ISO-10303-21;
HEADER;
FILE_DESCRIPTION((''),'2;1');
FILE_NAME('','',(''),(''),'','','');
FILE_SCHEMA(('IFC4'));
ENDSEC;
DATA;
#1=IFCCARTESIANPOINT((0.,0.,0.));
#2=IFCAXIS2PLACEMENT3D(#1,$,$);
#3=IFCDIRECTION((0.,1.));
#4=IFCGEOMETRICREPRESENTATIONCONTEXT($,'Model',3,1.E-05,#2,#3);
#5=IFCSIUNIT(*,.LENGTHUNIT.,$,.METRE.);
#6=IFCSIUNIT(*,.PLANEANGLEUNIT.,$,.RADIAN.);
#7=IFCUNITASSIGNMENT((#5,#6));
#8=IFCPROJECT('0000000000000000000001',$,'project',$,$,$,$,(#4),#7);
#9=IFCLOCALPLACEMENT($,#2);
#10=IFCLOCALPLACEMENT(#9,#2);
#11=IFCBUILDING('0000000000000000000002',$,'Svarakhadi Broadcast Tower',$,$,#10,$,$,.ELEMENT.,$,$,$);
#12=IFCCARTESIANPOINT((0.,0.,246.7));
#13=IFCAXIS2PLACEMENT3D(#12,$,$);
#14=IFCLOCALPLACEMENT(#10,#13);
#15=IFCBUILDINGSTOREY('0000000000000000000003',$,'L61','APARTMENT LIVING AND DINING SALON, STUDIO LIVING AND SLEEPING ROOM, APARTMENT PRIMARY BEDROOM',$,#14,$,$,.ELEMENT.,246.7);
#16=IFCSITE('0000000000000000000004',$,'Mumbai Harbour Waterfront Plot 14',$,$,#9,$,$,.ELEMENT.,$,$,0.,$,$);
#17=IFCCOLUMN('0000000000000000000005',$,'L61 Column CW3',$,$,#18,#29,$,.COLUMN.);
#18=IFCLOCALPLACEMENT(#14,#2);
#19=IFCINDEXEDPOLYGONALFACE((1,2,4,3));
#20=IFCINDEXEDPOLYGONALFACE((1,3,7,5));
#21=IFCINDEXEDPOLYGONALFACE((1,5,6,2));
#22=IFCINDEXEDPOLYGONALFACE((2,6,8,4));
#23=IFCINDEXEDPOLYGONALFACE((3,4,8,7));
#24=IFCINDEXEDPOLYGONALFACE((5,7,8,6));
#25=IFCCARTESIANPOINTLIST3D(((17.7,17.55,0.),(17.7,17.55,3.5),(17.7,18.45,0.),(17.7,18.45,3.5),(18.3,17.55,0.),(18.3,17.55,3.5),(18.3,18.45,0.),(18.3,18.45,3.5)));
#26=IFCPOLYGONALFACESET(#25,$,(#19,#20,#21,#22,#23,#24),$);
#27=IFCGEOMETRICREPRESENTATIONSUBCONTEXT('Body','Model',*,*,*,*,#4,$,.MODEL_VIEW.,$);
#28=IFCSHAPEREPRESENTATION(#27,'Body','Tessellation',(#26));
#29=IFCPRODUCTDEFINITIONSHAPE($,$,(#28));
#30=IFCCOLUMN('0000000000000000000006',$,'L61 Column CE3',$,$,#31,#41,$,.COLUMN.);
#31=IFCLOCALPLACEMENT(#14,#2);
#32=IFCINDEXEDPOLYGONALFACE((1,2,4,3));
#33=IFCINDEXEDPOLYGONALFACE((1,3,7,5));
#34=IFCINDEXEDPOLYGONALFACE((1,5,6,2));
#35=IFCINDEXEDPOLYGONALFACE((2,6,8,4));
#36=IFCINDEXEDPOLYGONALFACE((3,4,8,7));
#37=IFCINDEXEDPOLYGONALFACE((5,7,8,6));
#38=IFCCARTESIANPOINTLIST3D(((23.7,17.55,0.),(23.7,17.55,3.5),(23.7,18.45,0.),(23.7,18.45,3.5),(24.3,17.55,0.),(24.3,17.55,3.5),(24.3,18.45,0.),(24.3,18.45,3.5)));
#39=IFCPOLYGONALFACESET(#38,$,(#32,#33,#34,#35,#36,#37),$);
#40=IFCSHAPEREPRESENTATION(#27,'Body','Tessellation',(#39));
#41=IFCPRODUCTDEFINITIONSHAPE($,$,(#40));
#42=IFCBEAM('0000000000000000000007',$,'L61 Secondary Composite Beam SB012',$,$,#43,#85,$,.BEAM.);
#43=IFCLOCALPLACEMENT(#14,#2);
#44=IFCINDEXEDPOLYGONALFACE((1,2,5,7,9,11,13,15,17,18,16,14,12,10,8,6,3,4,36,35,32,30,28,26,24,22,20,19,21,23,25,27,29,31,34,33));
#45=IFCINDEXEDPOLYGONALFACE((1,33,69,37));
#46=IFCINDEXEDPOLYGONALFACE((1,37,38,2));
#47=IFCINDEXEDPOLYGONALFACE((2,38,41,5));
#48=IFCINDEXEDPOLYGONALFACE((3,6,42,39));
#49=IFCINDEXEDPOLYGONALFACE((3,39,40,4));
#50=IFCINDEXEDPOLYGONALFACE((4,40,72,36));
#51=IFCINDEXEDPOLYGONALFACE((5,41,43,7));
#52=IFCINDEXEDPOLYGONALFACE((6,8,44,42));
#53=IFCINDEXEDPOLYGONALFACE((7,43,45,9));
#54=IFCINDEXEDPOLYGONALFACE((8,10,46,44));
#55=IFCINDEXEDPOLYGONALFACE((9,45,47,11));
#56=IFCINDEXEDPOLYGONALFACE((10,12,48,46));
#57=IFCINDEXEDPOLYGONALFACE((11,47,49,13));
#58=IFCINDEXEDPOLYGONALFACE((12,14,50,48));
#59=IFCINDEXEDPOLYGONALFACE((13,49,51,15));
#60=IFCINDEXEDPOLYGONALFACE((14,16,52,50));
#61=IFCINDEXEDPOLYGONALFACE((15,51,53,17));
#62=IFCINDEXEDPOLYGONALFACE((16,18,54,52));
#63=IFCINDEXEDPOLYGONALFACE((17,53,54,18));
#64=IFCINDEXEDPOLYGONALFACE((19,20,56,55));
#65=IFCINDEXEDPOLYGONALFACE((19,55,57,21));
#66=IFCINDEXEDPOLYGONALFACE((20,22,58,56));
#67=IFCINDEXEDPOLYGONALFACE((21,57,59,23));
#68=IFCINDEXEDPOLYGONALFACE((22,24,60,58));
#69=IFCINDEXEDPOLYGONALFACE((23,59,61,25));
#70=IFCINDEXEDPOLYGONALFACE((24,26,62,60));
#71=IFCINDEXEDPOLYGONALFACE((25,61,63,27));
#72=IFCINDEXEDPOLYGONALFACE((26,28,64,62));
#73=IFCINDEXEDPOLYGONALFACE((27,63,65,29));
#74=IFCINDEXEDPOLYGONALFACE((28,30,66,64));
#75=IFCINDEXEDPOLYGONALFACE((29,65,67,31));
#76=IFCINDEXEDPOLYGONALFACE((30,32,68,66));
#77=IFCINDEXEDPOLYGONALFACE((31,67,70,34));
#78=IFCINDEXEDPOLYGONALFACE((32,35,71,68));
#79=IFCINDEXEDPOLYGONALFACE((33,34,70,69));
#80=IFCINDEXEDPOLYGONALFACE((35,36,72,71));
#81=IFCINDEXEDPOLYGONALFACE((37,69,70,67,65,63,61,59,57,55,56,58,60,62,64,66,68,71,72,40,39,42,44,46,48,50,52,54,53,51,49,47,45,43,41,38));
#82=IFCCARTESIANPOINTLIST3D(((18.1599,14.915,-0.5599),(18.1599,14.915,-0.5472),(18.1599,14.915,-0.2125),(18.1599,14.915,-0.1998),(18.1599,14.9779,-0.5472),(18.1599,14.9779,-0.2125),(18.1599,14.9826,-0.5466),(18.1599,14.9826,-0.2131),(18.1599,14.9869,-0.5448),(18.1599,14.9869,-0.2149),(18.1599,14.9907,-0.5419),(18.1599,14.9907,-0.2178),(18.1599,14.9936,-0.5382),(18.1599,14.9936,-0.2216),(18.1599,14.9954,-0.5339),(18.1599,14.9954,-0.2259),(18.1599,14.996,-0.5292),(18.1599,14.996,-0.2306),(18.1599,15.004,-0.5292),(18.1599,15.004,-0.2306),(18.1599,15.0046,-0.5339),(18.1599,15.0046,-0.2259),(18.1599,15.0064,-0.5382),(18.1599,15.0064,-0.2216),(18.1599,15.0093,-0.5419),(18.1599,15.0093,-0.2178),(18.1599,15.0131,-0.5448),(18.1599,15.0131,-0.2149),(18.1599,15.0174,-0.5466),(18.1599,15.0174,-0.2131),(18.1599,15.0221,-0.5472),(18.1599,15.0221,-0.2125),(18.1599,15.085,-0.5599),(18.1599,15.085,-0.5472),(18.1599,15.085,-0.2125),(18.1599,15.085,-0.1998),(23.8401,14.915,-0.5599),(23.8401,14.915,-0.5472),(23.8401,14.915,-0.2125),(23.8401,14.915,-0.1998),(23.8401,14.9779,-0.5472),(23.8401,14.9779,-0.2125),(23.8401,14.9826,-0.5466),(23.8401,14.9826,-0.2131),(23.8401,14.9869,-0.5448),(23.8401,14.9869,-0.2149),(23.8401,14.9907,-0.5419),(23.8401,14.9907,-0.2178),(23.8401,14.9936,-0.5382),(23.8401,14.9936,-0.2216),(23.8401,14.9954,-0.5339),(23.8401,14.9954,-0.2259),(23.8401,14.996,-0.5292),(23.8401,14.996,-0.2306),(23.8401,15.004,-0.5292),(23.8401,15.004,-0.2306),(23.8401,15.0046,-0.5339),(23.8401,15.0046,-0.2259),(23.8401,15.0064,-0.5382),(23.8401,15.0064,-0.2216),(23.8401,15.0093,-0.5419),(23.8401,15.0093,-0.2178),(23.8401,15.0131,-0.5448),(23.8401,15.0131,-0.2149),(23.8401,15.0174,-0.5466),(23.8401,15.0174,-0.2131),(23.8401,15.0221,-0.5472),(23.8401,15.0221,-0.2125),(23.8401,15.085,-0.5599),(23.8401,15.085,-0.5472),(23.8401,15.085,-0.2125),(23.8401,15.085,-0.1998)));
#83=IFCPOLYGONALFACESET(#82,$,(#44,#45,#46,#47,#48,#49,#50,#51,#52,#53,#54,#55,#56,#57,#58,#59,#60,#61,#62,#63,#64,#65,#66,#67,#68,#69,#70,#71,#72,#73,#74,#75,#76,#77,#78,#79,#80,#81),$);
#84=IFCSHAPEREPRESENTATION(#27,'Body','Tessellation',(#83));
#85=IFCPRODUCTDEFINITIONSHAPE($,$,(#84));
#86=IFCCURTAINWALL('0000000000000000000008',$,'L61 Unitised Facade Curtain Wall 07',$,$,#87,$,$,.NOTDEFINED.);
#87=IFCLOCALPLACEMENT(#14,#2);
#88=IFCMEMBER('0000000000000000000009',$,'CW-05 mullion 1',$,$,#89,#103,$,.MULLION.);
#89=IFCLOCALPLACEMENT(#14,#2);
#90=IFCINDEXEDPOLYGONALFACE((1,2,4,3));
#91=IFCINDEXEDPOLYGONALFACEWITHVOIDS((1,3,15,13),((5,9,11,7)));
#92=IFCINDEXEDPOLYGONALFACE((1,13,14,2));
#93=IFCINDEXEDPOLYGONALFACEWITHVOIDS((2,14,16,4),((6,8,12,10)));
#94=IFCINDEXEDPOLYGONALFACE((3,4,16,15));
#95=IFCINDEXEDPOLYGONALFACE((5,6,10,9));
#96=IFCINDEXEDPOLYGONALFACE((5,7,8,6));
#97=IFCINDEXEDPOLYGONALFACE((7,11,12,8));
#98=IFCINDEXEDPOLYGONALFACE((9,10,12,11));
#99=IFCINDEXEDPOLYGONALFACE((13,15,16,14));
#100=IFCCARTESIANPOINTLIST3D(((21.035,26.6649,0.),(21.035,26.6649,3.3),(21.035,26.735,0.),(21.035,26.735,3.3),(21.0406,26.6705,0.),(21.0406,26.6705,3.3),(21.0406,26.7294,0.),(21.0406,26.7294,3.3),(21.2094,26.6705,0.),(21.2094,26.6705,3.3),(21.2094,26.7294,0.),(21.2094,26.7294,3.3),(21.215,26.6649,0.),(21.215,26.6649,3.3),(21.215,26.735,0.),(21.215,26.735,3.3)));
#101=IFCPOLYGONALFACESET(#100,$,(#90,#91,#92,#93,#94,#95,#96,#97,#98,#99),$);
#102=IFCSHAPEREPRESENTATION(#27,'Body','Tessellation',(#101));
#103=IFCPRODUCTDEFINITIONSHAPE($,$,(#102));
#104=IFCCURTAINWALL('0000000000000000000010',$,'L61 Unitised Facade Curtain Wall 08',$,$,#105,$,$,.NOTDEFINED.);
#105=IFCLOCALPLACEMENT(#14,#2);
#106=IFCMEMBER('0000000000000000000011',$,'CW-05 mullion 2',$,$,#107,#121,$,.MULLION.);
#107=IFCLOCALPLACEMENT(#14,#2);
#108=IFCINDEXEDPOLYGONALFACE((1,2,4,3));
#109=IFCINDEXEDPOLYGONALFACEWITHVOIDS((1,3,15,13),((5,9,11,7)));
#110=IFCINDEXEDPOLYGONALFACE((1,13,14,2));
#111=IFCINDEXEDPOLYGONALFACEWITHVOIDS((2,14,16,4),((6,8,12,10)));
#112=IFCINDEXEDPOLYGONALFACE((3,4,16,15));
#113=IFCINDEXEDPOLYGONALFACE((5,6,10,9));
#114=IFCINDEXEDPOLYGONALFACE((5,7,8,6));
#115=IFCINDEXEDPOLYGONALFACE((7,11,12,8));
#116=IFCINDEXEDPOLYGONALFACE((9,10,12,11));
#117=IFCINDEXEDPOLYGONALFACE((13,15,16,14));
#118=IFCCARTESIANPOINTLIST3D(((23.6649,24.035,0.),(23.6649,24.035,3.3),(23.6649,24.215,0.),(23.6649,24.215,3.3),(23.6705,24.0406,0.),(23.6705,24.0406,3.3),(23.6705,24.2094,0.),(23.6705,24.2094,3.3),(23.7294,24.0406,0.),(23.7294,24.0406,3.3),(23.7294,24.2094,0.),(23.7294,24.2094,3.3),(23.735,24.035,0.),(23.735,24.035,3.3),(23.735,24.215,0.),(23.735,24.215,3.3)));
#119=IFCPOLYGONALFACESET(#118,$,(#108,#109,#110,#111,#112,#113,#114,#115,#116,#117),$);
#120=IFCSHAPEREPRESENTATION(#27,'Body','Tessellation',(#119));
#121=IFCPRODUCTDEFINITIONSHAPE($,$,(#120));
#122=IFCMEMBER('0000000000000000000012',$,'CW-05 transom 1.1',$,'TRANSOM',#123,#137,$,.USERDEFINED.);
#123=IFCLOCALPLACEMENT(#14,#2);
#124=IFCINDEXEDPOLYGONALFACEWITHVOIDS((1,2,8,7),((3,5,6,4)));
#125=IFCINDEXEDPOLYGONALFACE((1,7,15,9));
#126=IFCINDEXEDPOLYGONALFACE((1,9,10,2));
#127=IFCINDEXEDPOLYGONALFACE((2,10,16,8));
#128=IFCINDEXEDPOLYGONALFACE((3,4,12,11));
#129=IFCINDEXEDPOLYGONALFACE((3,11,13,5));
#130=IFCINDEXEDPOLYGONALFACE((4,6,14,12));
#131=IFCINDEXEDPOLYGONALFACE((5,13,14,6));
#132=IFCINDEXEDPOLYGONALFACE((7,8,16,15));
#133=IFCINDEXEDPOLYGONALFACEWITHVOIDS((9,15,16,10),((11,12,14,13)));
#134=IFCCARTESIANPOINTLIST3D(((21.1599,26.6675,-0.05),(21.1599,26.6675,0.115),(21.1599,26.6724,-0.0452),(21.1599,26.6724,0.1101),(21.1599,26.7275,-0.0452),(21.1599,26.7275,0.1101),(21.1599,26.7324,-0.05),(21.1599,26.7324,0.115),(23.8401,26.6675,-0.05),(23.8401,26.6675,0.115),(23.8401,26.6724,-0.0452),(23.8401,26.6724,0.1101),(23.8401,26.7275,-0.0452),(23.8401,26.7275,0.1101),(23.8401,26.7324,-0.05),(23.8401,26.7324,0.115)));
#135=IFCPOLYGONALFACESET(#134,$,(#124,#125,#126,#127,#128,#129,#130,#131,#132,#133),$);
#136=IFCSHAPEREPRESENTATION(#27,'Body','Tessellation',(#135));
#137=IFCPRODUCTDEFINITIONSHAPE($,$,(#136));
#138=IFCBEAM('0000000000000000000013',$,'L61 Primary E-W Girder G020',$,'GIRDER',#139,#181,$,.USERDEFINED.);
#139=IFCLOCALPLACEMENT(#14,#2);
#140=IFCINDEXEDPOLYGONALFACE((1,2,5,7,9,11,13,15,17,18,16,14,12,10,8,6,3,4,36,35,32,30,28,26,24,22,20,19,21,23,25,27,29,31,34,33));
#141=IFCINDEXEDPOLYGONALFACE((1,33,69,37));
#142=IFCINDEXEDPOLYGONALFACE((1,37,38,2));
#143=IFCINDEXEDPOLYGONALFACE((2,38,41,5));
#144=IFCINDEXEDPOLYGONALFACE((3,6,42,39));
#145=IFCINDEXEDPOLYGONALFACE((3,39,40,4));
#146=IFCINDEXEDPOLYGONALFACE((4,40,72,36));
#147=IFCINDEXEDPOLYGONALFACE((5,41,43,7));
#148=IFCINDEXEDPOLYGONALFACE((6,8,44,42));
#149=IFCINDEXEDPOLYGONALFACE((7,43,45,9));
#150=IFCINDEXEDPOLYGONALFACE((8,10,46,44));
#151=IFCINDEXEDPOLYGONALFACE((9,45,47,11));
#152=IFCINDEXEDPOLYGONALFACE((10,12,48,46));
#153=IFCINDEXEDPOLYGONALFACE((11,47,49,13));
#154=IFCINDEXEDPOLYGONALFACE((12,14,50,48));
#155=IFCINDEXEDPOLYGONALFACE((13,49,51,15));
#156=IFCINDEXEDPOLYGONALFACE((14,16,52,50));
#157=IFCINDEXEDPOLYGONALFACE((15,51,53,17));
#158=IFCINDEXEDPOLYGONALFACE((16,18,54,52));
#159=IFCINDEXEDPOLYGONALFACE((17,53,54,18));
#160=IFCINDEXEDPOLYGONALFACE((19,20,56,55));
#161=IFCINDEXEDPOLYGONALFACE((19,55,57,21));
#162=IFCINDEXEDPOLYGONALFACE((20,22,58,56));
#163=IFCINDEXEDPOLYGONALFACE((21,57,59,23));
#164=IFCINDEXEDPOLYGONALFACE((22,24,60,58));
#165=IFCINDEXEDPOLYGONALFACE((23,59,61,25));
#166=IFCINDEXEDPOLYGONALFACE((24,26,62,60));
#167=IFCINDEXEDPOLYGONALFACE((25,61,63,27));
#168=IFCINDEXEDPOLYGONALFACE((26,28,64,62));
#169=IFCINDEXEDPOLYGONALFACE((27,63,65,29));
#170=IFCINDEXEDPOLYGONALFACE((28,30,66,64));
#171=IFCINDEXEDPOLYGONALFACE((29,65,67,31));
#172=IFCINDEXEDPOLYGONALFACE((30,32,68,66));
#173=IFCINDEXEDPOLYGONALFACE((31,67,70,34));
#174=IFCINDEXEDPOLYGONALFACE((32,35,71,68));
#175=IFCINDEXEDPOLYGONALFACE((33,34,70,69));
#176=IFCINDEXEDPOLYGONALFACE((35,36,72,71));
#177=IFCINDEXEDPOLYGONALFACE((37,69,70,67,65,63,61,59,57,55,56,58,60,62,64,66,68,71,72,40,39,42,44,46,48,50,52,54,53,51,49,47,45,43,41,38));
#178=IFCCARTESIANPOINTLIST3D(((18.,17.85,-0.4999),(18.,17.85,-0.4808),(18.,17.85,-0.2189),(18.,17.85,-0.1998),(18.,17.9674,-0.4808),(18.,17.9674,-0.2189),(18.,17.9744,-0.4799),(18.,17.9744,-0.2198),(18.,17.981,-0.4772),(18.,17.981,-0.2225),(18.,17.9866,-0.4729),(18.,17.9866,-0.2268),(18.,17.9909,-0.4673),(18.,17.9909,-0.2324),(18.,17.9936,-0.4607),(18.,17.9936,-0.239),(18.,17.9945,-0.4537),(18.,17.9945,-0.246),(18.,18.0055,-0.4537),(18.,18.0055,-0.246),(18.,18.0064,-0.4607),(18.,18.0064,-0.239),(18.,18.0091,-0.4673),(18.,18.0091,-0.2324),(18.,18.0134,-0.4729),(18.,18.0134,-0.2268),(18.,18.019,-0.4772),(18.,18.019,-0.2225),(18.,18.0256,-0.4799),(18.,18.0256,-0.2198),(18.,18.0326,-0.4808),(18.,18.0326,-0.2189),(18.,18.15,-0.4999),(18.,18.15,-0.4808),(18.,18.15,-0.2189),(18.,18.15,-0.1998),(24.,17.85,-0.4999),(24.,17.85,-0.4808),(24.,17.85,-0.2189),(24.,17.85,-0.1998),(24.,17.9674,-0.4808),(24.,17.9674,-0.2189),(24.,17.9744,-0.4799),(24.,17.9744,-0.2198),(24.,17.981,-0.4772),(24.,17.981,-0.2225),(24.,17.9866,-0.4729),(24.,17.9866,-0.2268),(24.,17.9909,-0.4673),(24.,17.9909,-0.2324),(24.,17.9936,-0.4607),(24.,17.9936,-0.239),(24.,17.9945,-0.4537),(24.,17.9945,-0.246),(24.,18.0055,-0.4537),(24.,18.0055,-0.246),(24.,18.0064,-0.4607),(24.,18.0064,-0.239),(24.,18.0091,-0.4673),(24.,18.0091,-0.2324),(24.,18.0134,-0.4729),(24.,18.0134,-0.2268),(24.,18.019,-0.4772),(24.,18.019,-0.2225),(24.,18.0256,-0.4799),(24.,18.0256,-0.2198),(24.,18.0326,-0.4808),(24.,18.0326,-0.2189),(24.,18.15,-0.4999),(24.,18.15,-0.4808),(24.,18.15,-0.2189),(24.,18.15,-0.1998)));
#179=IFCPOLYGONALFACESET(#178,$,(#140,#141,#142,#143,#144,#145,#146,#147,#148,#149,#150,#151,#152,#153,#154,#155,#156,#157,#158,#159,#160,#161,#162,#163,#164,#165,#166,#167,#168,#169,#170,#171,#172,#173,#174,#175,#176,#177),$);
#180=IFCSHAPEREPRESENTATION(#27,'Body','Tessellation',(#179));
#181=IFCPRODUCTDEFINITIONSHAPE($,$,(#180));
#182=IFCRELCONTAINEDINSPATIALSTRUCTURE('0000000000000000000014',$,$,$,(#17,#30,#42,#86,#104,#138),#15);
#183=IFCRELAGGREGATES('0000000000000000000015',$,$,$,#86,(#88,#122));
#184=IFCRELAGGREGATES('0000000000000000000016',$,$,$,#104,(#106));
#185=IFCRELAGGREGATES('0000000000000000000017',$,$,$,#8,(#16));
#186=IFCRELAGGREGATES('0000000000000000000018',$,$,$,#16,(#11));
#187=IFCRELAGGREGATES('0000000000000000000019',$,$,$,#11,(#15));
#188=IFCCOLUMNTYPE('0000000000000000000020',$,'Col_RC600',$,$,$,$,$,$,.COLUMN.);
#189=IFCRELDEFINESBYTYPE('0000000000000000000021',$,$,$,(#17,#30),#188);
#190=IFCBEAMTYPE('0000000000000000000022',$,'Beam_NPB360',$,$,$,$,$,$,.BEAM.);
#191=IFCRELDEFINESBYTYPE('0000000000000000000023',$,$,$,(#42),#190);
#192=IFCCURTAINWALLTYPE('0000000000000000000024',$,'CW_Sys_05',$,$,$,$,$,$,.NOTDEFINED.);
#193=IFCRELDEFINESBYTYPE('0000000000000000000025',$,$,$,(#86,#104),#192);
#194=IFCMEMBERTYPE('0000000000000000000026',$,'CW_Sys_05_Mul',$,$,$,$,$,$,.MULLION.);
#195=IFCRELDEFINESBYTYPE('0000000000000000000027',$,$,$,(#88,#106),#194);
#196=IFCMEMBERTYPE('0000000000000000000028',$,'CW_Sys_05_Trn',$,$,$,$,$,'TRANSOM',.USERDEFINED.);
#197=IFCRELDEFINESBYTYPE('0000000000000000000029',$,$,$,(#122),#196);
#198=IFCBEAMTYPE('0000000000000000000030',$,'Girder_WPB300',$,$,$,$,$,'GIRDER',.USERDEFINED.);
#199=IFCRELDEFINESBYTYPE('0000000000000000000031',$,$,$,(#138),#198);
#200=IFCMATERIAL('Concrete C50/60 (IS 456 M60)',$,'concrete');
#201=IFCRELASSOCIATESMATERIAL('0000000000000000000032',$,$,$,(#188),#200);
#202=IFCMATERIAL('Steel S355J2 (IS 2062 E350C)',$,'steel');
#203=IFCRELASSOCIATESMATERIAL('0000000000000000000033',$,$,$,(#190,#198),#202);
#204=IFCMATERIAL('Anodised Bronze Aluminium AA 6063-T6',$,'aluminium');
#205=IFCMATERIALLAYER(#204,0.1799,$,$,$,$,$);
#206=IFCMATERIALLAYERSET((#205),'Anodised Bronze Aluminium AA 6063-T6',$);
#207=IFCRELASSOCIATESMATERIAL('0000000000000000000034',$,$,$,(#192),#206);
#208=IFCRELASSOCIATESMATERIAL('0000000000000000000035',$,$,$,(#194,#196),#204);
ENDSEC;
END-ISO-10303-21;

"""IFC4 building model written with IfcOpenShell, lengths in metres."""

from ifc_helpers import new_model, si_unit, direction, frame, origin, origin_2d, place, context, subcontext, project, spatial, rectangle, hollow_rectangle, i_section, extrude, material, layer, layer_set, material_profile, profile_set, type_object, element, aggregate, save


model = new_model("IFC4")

# Units and contexts
model_context = context("Model", 3, precision=1e-05, world=origin(), true_north=direction((0.0, 1.0)))
body_context = subcontext(model_context, "Body", "Model", "MODEL_VIEW")
ifc_project = project(units=[si_unit("LENGTHUNIT", "METRE"), si_unit("PLANEANGLEUNIT", "RADIAN")], contexts=[model_context])

# Site, building, storey
site_placement = place(None, origin())
site = spatial("IfcSite", under=ifc_project, at=site_placement, Name="Mumbai Harbour Waterfront Plot 14", CompositionType="ELEMENT", RefElevation=0.0)
building_placement = place(site_placement, origin())
building = spatial("IfcBuilding", under=site, at=building_placement, Name="Svarakhadi Broadcast Tower", CompositionType="ELEMENT")
storey_placement = place(building_placement, frame((0.0, 0.0, 246.7)))
storey = spatial("IfcBuildingStorey", under=building, at=storey_placement, Name="L61", Description="APARTMENT LIVING AND DINING SALON, STUDIO LIVING AND SLEEPING ROOM, APARTMENT PRIMARY BEDROOM", CompositionType="ELEMENT", Elevation=246.7)

# Columns
ifc_material_1 = material(Name="Concrete C50/60 (IS 456 M60)", Category="concrete")
ifc_material_profile_1 = material_profile(ifc_material_1, rectangle(XDim=0.6001, YDim=0.8999, at=origin_2d()), Name="RC 600x900")
ifc_profile_set_1 = profile_set([ifc_material_profile_1], Name="Concrete C50/60 (IS 456 M60)")
column_type = type_object("IfcColumnType", Name="Col_RC600", PredefinedType="COLUMN", material=ifc_profile_set_1)
for number, where, z_axis, x_axis, name in (
    (1, (18.0, 18.0, 0.0), (0.0, 0.0, 1.0), (1.0, 0.0, 0.0), "L61 Column CW3"),
    (2, (24.0, 18.0, 0.0), (0.0, 0.0, 1.0), (1.0, 0.0, 0.0), "L61 Column CE3"),
):
    element("IfcColumn", number, at=place(storey_placement, frame(where, z_axis=z_axis, x_axis=x_axis)), inside=storey, type_object=column_type, Name=name, PredefinedType="COLUMN", context=body_context, shape_type="SweptSolid", body=[
        extrude(rectangle(XDim=0.6001, YDim=0.8999, at=origin_2d()), origin(), (0.0, 0.0, 1.0), 3.5),
    ])

# Beam
ifc_material_2 = material(Name="Steel S355J2 (IS 2062 E350C)", Category="steel")
ifc_material_profile_2 = material_profile(ifc_material_2, i_section(OverallWidth=0.1699, OverallDepth=0.3601, WebThickness=0.0081, FlangeThickness=0.0127, FilletRadius=0.0181, at=origin_2d()), Name="NPB 360x170x57")
ifc_profile_set_2 = profile_set([ifc_material_profile_2], Name="Steel S355J2 (IS 2062 E350C)")
beam_type_1 = type_object("IfcBeamType", Name="Beam_NPB360", PredefinedType="BEAM", material=ifc_profile_set_2)
beam_1_placement = place(storey_placement, frame((18.1599, 15.0, -0.3799), z_axis=(1.0, 0.0, 0.0), x_axis=(0.0, 1.0, 0.0)))
element("IfcBeam", 3, at=beam_1_placement, inside=storey, type_object=beam_type_1, Name="L61 Secondary Composite Beam SB012", PredefinedType="BEAM", context=body_context, shape_type="SweptSolid", body=[
    extrude(i_section(OverallWidth=0.1699, OverallDepth=0.3601, WebThickness=0.0081, FlangeThickness=0.0127, FilletRadius=0.0181, at=origin_2d()), origin(), (0.0, 0.0, 1.0), 5.6802),
])

# Curtain walls, members
ifc_material_3 = material(Name="Anodised Bronze Aluminium AA 6063-T6", Category="aluminium")
ifc_layer_1 = layer(ifc_material_3, 0.1799)
ifc_layer_set_1 = layer_set([ifc_layer_1], Name="Anodised Bronze Aluminium AA 6063-T6")
curtain_wall_type = type_object("IfcCurtainWallType", Name="CW_Sys_05", PredefinedType="NOTDEFINED", material=ifc_layer_set_1)
curtain_wall_1_placement = place(storey_placement, origin())
curtain_wall_1 = element("IfcCurtainWall", 4, at=curtain_wall_1_placement, inside=storey, type_object=curtain_wall_type, Name="L61 Unitised Facade Curtain Wall 07", PredefinedType="NOTDEFINED")
ifc_material_profile_3 = material_profile(ifc_material_3, hollow_rectangle(XDim=0.0701, YDim=0.1799, WallThickness=0.0056, at=origin_2d()), Name="ALU MULLION 180x70x6")
ifc_profile_set_3 = profile_set([ifc_material_profile_3], Name="Anodised Bronze Aluminium AA 6063-T6")
member_type_1 = type_object("IfcMemberType", Name="CW_Sys_05_Mul", PredefinedType="MULLION", material=ifc_profile_set_3)
member_1_placement = place(storey_placement, frame((21.125, 26.7, 0.0), z_axis=(0.0, 0.0, 1.0), x_axis=(0.0, 1.0, 0.0)))
member_1 = element("IfcMember", 5, at=member_1_placement, type_object=member_type_1, Name="CW-05 mullion 1", PredefinedType="MULLION", context=body_context, shape_type="SweptSolid", body=[
    extrude(hollow_rectangle(XDim=0.0701, YDim=0.1799, WallThickness=0.0056, at=origin_2d()), origin(), (0.0, 0.0, 1.0), 3.3),
])
curtain_wall_2_placement = place(storey_placement, origin())
curtain_wall_2 = element("IfcCurtainWall", 6, at=curtain_wall_2_placement, inside=storey, type_object=curtain_wall_type, Name="L61 Unitised Facade Curtain Wall 08", PredefinedType="NOTDEFINED")
member_2_placement = place(storey_placement, frame((23.7, 24.125, 0.0), z_axis=(0.0, 0.0, 1.0), x_axis=(1.0, 0.0, 0.0)))
member_2 = element("IfcMember", 7, at=member_2_placement, type_object=member_type_1, Name="CW-05 mullion 2", PredefinedType="MULLION", context=body_context, shape_type="SweptSolid", body=[
    extrude(hollow_rectangle(XDim=0.0701, YDim=0.1799, WallThickness=0.0056, at=origin_2d()), origin(), (0.0, 0.0, 1.0), 3.3),
])

# Member
ifc_material_profile_4 = material_profile(ifc_material_3, hollow_rectangle(XDim=0.0649, YDim=0.165, WallThickness=0.0049, at=origin_2d()), Name="ALU TRANSOM 165x65x5")
ifc_profile_set_4 = profile_set([ifc_material_profile_4], Name="Anodised Bronze Aluminium AA 6063-T6")
member_type_2 = type_object("IfcMemberType", Name="CW_Sys_05_Trn", ElementType="TRANSOM", PredefinedType="USERDEFINED", material=ifc_profile_set_4)
member_3_placement = place(storey_placement, frame((21.1599, 26.7, 0.0325), z_axis=(1.0, 0.0, 0.0), x_axis=(0.0, 1.0, 0.0)))
member_3 = element("IfcMember", 8, at=member_3_placement, type_object=member_type_2, Name="CW-05 transom 1.1", ObjectType="TRANSOM", PredefinedType="USERDEFINED", context=body_context, shape_type="SweptSolid", body=[
    extrude(hollow_rectangle(XDim=0.0649, YDim=0.165, WallThickness=0.0049, at=origin_2d()), origin(), (0.0, 0.0, 1.0), 2.6802),
])
aggregate(curtain_wall_1, [member_1, member_3])

# Beam
ifc_material_profile_5 = material_profile(ifc_material_2, i_section(OverallWidth=0.3, OverallDepth=0.3, WebThickness=0.011, FlangeThickness=0.019, FilletRadius=0.0271, at=origin_2d()), Name="WPB 300x300x117")
ifc_profile_set_5 = profile_set([ifc_material_profile_5], Name="Steel S355J2 (IS 2062 E350C)")
beam_type_2 = type_object("IfcBeamType", Name="Girder_WPB300", ElementType="GIRDER", PredefinedType="USERDEFINED", material=ifc_profile_set_5)
beam_2_placement = place(storey_placement, frame((18.0, 18.0, -0.3499), z_axis=(1.0, 0.0, 0.0), x_axis=(0.0, 1.0, 0.0)))
element("IfcBeam", 9, at=beam_2_placement, inside=storey, type_object=beam_type_2, Name="L61 Primary E-W Girder G020", ObjectType="GIRDER", PredefinedType="USERDEFINED", context=body_context, shape_type="SweptSolid", body=[
    extrude(i_section(OverallWidth=0.3, OverallDepth=0.3, WebThickness=0.011, FlangeThickness=0.019, FilletRadius=0.0271, at=origin_2d()), origin(), (0.0, 0.0, 1.0), 6.0),
])

aggregate(curtain_wall_2, [member_2])

save(model, "model.ifc")
